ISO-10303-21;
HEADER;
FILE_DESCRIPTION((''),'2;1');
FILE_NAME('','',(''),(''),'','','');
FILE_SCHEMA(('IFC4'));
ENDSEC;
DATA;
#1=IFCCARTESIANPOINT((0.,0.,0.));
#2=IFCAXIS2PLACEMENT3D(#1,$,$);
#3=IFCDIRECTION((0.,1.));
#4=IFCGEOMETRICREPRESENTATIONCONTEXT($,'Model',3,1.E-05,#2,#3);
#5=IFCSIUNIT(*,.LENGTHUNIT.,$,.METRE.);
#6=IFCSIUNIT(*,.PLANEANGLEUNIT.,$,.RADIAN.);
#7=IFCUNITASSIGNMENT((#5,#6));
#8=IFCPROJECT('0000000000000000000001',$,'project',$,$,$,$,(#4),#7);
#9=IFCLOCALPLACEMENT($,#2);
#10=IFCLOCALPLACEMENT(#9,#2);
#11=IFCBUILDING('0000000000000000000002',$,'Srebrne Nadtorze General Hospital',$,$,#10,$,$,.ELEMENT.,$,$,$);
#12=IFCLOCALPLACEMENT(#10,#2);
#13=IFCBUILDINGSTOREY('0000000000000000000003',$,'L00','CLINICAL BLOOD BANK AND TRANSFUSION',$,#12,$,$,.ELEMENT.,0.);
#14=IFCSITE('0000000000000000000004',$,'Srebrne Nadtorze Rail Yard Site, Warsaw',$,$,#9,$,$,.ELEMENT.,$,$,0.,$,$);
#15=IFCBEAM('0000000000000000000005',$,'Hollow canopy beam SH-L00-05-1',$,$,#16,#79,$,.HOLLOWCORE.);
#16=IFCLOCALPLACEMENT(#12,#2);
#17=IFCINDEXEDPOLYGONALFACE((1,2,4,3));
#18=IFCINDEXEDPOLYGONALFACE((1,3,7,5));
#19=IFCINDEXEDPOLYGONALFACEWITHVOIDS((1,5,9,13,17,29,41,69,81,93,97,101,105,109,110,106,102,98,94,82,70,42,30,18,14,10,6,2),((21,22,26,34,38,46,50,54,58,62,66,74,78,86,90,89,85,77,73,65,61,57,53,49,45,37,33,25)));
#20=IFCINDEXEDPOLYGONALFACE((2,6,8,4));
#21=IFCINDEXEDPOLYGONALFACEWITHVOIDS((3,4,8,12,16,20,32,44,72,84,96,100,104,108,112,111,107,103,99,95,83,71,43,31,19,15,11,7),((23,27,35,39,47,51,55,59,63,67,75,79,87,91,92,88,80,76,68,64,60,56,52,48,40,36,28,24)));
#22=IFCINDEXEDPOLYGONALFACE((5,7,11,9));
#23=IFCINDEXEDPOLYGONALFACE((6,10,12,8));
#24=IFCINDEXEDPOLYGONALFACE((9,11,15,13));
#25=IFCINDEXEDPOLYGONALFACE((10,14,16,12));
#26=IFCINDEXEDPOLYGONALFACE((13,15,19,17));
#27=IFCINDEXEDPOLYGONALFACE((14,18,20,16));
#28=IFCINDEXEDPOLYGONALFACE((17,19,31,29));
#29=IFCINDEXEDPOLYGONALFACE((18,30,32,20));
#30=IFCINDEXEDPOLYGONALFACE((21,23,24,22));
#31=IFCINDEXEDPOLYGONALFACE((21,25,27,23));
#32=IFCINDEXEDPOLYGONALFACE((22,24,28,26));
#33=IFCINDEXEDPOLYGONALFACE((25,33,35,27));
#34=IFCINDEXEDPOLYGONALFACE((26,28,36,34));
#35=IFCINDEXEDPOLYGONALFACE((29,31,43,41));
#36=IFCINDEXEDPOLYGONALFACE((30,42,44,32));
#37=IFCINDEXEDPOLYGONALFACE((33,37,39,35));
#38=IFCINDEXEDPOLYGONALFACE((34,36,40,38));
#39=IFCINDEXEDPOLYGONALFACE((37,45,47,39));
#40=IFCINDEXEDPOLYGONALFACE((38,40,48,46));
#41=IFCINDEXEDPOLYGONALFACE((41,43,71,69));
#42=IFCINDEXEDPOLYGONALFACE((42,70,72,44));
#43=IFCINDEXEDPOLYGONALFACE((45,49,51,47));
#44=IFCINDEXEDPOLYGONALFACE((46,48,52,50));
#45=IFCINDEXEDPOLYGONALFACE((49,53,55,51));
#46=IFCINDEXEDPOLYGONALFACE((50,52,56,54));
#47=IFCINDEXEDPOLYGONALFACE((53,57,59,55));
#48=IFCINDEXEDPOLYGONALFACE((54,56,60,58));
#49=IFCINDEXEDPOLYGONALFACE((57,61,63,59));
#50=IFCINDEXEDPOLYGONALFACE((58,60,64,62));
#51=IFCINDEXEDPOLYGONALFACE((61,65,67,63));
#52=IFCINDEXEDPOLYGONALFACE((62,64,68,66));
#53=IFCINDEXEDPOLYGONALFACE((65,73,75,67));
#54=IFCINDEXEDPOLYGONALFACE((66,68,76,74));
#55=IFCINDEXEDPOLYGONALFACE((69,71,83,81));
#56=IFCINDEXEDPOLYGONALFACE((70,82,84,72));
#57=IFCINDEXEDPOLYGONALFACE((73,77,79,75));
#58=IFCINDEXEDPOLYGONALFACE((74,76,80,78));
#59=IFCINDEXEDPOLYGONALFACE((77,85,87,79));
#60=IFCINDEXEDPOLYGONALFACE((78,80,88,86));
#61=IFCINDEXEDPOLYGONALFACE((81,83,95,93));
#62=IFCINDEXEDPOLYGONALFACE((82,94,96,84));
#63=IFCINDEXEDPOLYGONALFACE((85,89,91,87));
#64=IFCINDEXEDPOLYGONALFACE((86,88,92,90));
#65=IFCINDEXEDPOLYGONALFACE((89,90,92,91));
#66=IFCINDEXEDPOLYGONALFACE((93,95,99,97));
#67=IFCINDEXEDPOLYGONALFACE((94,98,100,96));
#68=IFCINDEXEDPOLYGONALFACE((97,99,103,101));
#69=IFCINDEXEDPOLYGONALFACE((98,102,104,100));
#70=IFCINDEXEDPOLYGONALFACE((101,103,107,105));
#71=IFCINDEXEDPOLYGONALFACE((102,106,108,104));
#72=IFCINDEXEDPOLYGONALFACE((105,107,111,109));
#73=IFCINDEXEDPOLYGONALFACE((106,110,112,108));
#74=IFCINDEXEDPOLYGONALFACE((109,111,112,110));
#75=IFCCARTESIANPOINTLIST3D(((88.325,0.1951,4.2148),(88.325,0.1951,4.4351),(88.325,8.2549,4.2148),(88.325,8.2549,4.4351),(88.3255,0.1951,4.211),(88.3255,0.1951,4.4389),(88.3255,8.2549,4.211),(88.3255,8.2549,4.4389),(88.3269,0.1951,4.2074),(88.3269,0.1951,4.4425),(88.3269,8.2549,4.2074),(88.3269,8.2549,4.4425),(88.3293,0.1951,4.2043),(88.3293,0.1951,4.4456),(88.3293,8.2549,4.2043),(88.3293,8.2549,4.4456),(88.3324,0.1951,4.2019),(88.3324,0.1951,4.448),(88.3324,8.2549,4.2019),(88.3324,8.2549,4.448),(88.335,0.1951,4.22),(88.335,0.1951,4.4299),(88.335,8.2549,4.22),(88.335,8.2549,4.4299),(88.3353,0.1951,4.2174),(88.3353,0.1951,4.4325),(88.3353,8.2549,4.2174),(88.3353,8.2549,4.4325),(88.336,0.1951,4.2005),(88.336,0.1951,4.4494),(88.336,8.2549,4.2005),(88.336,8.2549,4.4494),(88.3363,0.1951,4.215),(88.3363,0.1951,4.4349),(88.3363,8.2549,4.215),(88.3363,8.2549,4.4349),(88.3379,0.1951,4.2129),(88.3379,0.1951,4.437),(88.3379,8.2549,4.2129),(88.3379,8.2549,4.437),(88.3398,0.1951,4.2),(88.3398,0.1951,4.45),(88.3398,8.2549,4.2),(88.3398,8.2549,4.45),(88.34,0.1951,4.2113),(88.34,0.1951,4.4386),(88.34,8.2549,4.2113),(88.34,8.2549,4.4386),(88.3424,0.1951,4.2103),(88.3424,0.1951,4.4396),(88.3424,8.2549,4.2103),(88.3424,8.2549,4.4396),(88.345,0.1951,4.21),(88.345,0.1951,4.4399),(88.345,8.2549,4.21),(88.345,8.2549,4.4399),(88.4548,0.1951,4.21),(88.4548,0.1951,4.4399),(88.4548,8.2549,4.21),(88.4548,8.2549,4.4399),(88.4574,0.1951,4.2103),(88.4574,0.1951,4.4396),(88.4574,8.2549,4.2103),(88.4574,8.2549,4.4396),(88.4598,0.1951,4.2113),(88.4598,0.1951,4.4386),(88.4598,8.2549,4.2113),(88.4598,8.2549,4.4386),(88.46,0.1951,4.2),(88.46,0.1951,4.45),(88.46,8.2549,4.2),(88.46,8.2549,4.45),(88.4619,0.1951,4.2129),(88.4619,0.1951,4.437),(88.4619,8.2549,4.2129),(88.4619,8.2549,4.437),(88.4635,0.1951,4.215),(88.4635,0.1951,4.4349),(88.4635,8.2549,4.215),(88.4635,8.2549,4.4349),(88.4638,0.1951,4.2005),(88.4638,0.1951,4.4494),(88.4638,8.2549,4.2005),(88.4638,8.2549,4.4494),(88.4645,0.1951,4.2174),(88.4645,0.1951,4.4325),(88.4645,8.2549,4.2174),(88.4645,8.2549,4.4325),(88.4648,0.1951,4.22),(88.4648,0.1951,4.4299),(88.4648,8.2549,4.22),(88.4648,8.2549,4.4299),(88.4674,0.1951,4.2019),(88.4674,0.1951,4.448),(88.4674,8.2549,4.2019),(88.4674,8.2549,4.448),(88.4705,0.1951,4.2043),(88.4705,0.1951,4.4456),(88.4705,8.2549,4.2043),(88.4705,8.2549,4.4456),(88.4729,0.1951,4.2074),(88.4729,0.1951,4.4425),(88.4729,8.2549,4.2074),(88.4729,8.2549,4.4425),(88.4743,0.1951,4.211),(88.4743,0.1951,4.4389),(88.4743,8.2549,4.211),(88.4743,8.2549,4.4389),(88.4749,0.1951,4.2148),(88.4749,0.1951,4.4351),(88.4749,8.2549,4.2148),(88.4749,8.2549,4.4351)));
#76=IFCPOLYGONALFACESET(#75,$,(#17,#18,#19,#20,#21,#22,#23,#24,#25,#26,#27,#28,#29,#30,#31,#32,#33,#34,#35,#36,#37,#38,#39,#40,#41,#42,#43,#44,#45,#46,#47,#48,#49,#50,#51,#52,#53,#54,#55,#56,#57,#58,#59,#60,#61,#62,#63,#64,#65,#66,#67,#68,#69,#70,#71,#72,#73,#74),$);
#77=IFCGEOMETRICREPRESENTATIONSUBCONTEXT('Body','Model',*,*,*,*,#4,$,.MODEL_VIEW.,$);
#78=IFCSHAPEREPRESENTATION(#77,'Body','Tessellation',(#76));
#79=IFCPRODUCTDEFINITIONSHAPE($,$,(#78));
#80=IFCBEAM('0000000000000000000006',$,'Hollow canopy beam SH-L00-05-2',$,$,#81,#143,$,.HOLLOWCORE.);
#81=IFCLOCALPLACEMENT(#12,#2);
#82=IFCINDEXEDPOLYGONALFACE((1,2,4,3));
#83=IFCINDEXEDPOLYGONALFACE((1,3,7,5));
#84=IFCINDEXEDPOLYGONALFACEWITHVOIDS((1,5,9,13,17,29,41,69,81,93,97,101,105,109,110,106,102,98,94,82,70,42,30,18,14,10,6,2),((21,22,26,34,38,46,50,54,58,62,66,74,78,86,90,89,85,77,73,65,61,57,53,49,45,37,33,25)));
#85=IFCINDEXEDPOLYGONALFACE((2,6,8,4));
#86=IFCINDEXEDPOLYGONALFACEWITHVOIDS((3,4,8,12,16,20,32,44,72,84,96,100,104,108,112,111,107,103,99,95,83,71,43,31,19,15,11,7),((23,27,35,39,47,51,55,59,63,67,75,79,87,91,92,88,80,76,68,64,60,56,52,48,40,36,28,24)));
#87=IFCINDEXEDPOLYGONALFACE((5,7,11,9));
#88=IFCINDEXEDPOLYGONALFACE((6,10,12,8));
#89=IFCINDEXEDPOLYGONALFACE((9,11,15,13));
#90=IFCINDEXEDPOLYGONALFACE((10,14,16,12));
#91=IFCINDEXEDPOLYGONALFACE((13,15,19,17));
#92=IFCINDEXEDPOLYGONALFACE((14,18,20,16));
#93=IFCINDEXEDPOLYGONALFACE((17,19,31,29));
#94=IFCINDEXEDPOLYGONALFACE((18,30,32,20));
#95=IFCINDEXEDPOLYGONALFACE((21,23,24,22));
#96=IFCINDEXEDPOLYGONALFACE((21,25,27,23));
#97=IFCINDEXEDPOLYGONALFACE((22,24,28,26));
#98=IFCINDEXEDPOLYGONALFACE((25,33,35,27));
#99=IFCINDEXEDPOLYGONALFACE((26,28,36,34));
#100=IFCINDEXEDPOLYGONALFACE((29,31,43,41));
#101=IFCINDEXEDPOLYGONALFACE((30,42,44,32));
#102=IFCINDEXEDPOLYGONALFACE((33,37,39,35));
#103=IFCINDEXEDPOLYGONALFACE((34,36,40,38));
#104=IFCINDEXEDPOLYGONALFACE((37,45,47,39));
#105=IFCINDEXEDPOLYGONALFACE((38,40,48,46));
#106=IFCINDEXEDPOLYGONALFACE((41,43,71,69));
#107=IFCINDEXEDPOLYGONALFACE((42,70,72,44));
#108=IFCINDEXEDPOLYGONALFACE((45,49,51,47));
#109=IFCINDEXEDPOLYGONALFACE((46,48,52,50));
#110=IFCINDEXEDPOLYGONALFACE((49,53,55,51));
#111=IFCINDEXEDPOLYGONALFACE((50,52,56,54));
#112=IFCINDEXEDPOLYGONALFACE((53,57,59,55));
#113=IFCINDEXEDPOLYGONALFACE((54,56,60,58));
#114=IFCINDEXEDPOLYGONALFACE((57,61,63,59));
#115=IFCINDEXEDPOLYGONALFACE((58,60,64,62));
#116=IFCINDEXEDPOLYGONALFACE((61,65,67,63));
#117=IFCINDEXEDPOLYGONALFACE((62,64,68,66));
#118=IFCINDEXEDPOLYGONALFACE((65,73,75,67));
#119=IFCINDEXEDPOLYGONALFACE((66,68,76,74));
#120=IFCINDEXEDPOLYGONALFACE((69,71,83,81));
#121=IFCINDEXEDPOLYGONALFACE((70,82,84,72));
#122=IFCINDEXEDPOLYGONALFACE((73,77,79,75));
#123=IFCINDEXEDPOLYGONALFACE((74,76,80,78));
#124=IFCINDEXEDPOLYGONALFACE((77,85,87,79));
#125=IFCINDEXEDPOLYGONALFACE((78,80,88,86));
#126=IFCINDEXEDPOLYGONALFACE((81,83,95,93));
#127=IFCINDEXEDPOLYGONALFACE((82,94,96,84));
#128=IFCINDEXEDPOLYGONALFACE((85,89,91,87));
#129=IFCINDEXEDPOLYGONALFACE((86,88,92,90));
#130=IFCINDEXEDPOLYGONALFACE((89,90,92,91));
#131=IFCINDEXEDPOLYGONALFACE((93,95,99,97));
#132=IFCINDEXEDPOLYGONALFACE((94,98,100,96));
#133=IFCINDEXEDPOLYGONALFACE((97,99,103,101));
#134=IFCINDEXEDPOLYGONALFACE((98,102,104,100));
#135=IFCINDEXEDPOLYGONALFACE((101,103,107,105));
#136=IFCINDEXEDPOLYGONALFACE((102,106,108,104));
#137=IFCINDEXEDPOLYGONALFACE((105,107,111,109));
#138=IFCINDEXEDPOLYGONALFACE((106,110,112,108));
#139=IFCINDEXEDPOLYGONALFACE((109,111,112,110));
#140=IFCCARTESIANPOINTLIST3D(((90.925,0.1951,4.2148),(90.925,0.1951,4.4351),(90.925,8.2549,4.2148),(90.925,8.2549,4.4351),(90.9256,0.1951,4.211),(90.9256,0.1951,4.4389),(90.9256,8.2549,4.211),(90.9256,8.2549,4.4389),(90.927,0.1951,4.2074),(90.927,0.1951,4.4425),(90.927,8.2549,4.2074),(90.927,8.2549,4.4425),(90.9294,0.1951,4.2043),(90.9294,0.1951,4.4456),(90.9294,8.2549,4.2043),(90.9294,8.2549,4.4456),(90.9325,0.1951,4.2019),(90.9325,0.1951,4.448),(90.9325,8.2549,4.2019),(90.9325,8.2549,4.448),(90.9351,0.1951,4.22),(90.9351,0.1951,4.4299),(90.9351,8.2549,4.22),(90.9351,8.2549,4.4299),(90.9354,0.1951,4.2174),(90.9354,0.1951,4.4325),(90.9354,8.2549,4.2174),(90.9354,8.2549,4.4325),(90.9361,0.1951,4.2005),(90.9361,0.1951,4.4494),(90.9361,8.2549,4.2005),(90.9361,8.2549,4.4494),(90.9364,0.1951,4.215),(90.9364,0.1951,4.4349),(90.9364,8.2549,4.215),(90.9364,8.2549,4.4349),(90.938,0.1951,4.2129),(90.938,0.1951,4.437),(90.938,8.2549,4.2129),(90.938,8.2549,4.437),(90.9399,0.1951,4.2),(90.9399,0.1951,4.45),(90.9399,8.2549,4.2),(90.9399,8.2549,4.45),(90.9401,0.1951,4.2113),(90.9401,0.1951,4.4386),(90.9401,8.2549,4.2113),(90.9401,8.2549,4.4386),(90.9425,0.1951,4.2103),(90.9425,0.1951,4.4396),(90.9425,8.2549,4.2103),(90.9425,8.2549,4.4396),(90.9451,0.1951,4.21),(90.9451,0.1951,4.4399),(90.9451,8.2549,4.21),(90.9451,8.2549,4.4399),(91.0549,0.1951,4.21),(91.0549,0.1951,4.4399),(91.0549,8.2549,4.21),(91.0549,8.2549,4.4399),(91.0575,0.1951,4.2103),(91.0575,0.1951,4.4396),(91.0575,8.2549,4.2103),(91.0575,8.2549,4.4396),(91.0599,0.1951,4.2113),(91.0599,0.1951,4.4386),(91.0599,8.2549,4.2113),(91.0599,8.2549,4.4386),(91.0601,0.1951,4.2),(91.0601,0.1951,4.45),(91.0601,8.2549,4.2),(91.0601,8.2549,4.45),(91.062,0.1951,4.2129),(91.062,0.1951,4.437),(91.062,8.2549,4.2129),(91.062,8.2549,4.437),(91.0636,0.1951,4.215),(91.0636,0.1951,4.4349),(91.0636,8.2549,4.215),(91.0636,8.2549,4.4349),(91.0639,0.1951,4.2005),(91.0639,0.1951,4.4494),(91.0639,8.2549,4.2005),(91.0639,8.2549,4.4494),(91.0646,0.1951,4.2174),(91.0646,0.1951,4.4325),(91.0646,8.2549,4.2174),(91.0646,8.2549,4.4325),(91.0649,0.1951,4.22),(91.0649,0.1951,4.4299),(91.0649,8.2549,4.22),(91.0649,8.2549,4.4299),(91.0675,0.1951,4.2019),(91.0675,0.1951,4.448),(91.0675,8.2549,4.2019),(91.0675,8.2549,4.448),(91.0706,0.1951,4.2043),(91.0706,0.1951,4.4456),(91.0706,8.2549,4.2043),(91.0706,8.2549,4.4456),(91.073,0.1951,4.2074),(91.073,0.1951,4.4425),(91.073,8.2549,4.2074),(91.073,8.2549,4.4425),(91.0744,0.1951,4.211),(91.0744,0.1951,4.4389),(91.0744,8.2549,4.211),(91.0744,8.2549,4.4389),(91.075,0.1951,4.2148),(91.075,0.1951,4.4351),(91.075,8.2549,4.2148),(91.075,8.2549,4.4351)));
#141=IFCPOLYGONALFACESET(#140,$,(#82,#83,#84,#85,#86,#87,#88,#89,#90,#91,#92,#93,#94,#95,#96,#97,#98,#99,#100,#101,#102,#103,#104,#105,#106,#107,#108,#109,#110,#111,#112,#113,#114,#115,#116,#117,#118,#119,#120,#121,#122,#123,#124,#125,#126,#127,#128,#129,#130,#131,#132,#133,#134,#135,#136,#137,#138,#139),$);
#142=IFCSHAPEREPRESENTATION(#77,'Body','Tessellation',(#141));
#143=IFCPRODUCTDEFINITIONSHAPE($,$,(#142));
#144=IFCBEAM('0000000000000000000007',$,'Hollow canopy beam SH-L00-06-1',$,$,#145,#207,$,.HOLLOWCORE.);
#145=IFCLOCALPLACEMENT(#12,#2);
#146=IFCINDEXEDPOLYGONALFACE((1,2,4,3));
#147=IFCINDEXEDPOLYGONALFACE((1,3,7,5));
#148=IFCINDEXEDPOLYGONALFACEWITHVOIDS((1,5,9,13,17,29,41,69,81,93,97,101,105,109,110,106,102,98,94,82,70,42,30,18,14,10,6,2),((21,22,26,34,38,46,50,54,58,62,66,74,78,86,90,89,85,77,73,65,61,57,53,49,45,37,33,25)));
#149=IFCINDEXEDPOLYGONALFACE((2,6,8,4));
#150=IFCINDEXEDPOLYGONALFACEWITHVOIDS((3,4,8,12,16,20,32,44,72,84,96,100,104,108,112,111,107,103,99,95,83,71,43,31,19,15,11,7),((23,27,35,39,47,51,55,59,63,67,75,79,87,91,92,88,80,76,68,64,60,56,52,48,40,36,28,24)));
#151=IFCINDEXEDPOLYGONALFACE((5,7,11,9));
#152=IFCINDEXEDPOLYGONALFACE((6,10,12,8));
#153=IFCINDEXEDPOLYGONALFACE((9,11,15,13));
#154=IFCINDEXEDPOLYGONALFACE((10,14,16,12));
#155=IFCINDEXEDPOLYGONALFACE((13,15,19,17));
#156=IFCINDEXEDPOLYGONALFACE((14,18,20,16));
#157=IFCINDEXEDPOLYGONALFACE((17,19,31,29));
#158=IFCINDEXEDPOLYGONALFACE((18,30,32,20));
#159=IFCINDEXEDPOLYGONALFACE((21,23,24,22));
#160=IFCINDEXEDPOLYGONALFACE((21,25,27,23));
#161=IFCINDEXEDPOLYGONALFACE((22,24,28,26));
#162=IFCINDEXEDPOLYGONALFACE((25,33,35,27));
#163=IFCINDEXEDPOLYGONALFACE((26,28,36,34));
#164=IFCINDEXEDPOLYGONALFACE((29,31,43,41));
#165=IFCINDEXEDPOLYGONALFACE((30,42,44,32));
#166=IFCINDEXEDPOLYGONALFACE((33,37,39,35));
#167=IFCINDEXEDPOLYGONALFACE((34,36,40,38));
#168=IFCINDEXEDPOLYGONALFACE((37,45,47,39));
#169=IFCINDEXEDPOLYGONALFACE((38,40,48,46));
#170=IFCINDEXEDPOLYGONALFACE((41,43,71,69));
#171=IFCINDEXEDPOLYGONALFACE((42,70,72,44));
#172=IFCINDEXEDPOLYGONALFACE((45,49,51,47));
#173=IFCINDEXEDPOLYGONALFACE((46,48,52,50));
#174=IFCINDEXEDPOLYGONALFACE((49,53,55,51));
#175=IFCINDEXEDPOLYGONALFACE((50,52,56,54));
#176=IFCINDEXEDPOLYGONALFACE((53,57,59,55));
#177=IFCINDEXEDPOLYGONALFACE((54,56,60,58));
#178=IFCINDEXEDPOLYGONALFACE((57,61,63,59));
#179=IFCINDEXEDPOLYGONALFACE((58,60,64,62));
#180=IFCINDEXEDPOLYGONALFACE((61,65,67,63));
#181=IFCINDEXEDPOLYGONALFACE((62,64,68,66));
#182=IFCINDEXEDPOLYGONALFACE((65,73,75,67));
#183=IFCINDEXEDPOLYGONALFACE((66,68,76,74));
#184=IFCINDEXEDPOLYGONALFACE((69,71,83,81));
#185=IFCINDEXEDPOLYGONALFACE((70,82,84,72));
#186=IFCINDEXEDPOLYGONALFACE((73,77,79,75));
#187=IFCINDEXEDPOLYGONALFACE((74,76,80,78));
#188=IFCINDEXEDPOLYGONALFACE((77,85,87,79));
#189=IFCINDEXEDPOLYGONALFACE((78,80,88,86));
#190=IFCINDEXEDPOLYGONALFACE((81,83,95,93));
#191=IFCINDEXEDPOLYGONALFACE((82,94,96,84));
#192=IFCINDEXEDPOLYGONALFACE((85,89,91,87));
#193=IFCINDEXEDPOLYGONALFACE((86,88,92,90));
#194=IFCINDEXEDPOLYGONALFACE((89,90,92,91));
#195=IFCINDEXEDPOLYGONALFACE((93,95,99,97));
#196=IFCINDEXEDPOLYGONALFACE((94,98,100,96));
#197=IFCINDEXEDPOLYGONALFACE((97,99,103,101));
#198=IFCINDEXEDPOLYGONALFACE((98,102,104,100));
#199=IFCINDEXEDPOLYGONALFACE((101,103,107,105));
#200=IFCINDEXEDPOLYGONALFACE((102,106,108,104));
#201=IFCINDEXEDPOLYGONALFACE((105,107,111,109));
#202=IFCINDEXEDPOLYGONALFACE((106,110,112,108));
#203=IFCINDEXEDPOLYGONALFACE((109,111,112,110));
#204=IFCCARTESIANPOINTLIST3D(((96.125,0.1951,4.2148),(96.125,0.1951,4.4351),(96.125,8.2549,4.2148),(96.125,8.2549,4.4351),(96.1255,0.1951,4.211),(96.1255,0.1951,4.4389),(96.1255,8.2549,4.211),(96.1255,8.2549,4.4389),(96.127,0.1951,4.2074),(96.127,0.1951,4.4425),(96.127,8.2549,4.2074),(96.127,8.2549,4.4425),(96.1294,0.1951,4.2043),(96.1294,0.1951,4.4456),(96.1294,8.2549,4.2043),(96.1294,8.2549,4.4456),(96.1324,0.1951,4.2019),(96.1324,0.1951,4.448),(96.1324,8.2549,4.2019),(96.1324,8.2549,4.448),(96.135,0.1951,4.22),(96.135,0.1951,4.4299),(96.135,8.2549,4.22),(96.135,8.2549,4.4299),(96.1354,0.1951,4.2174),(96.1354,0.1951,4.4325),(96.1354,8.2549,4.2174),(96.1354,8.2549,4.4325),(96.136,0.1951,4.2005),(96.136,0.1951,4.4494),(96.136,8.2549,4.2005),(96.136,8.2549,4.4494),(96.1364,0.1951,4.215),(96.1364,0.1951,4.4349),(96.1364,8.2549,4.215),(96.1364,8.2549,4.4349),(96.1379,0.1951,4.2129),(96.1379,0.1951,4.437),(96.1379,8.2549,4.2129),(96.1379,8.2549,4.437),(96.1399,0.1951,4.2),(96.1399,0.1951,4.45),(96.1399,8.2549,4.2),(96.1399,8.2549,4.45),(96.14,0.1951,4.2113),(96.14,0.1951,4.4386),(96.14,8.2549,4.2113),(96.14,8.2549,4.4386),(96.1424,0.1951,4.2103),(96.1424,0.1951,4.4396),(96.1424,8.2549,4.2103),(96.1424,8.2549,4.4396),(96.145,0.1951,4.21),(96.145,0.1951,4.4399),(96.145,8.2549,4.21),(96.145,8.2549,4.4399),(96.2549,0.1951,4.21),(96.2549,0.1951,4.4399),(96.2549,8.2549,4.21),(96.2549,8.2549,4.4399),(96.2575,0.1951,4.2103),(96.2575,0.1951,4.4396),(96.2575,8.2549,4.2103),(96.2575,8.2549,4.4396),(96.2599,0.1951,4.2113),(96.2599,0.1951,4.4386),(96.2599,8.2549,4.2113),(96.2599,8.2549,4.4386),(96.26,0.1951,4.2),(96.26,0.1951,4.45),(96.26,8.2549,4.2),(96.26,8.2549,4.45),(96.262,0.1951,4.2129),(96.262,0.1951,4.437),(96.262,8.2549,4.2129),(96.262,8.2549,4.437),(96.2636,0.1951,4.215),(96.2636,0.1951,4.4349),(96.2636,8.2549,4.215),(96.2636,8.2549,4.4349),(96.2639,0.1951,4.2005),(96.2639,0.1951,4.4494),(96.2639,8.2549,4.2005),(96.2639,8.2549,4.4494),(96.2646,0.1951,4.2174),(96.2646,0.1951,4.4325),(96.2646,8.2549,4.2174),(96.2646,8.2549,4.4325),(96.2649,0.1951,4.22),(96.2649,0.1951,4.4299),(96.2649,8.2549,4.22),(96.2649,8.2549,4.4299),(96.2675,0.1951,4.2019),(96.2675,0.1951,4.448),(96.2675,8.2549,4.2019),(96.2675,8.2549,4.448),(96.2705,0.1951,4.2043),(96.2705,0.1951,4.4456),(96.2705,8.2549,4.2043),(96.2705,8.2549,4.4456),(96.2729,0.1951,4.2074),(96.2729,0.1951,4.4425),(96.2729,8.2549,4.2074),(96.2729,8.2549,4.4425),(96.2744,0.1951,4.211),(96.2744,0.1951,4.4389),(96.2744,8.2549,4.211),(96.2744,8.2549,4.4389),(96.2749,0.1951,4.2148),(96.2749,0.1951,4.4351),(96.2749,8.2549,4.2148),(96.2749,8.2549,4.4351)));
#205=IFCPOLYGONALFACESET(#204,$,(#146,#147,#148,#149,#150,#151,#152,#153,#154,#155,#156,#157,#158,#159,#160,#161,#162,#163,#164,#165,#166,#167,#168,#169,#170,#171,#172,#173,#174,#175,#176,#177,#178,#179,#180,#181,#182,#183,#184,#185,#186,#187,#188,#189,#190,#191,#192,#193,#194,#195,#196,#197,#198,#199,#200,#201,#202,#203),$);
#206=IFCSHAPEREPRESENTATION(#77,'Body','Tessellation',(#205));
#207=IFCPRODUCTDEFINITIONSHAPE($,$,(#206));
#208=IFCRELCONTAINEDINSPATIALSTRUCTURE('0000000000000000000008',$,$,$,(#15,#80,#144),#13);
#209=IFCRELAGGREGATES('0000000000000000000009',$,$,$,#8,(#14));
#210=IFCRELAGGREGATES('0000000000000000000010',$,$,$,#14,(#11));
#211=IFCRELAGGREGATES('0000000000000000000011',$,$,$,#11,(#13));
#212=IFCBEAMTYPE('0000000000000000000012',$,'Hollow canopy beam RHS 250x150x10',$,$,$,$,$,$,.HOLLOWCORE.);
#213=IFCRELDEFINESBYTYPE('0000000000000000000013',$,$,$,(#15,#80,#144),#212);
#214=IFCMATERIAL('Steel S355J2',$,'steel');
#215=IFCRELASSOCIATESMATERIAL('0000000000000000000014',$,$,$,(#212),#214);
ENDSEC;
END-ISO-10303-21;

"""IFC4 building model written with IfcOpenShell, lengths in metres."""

from ifc_helpers import new_model, si_unit, direction, frame, origin, origin_2d, place, context, subcontext, project, spatial, hollow_rectangle, extrude, material, material_profile, profile_set, type_object, element, save


model = new_model("IFC4")

# Units and contexts
model_context = context("Model", 3, precision=1e-05, world=origin(), true_north=direction((0.0, 1.0)))
body_context = subcontext(model_context, "Body", "Model", "MODEL_VIEW")
ifc_project = project(units=[si_unit("LENGTHUNIT", "METRE"), si_unit("PLANEANGLEUNIT", "RADIAN")], contexts=[model_context])

# Site, building, storey
site_placement = place(None, origin())
site = spatial("IfcSite", under=ifc_project, at=site_placement, Name="Srebrne Nadtorze Rail Yard Site, Warsaw", CompositionType="ELEMENT", RefElevation=0.0)
building_placement = place(site_placement, origin())
building = spatial("IfcBuilding", under=site, at=building_placement, Name="Srebrne Nadtorze General Hospital", CompositionType="ELEMENT")
storey_placement = place(building_placement, origin())
storey = spatial("IfcBuildingStorey", under=building, at=storey_placement, Name="L00", Description="CLINICAL BLOOD BANK AND TRANSFUSION", CompositionType="ELEMENT", Elevation=0.0)

# Beams
ifc_material_1 = material(Name="Steel S355J2", Category="steel")
ifc_material_profile_1 = material_profile(ifc_material_1, hollow_rectangle(XDim=0.1499, YDim=0.25, WallThickness=0.01, InnerFilletRadius=0.01, OuterFilletRadius=0.0149, at=origin_2d()), Name="RHS-250x150x10")
ifc_profile_set_1 = profile_set([ifc_material_profile_1], Name="Steel S355J2")
beam_type_1 = type_object("IfcBeamType", Name="Hollow canopy beam RHS 250x150x10", PredefinedType="HOLLOWCORE", material=ifc_profile_set_1)
for number, where, z_axis, x_axis, name in (
    (1, (88.3999, 0.1951, 4.325), (0.0, 1.0, 0.0), (-1.0, 0.0, 0.0), "Hollow canopy beam SH-L00-05-1"),
    (2, (91.0, 0.1951, 4.325), (0.0, 1.0, 0.0), (-1.0, 0.0, 0.0), "Hollow canopy beam SH-L00-05-2"),
    (3, (96.2, 0.1951, 4.325), (0.0, 1.0, 0.0), (-1.0, 0.0, 0.0), "Hollow canopy beam SH-L00-06-1"),
):
    element("IfcBeam", number, at=place(storey_placement, frame(where, z_axis=z_axis, x_axis=x_axis)), inside=storey, type_object=beam_type_1, Name=name, PredefinedType="HOLLOWCORE", context=body_context, shape_type="SweptSolid", body=[
        extrude(hollow_rectangle(XDim=0.1499, YDim=0.25, WallThickness=0.01, InnerFilletRadius=0.01, OuterFilletRadius=0.0149, at=origin_2d()), origin(), (0.0, 0.0, 1.0), 8.0598),
    ])

save(model, "model.ifc")
